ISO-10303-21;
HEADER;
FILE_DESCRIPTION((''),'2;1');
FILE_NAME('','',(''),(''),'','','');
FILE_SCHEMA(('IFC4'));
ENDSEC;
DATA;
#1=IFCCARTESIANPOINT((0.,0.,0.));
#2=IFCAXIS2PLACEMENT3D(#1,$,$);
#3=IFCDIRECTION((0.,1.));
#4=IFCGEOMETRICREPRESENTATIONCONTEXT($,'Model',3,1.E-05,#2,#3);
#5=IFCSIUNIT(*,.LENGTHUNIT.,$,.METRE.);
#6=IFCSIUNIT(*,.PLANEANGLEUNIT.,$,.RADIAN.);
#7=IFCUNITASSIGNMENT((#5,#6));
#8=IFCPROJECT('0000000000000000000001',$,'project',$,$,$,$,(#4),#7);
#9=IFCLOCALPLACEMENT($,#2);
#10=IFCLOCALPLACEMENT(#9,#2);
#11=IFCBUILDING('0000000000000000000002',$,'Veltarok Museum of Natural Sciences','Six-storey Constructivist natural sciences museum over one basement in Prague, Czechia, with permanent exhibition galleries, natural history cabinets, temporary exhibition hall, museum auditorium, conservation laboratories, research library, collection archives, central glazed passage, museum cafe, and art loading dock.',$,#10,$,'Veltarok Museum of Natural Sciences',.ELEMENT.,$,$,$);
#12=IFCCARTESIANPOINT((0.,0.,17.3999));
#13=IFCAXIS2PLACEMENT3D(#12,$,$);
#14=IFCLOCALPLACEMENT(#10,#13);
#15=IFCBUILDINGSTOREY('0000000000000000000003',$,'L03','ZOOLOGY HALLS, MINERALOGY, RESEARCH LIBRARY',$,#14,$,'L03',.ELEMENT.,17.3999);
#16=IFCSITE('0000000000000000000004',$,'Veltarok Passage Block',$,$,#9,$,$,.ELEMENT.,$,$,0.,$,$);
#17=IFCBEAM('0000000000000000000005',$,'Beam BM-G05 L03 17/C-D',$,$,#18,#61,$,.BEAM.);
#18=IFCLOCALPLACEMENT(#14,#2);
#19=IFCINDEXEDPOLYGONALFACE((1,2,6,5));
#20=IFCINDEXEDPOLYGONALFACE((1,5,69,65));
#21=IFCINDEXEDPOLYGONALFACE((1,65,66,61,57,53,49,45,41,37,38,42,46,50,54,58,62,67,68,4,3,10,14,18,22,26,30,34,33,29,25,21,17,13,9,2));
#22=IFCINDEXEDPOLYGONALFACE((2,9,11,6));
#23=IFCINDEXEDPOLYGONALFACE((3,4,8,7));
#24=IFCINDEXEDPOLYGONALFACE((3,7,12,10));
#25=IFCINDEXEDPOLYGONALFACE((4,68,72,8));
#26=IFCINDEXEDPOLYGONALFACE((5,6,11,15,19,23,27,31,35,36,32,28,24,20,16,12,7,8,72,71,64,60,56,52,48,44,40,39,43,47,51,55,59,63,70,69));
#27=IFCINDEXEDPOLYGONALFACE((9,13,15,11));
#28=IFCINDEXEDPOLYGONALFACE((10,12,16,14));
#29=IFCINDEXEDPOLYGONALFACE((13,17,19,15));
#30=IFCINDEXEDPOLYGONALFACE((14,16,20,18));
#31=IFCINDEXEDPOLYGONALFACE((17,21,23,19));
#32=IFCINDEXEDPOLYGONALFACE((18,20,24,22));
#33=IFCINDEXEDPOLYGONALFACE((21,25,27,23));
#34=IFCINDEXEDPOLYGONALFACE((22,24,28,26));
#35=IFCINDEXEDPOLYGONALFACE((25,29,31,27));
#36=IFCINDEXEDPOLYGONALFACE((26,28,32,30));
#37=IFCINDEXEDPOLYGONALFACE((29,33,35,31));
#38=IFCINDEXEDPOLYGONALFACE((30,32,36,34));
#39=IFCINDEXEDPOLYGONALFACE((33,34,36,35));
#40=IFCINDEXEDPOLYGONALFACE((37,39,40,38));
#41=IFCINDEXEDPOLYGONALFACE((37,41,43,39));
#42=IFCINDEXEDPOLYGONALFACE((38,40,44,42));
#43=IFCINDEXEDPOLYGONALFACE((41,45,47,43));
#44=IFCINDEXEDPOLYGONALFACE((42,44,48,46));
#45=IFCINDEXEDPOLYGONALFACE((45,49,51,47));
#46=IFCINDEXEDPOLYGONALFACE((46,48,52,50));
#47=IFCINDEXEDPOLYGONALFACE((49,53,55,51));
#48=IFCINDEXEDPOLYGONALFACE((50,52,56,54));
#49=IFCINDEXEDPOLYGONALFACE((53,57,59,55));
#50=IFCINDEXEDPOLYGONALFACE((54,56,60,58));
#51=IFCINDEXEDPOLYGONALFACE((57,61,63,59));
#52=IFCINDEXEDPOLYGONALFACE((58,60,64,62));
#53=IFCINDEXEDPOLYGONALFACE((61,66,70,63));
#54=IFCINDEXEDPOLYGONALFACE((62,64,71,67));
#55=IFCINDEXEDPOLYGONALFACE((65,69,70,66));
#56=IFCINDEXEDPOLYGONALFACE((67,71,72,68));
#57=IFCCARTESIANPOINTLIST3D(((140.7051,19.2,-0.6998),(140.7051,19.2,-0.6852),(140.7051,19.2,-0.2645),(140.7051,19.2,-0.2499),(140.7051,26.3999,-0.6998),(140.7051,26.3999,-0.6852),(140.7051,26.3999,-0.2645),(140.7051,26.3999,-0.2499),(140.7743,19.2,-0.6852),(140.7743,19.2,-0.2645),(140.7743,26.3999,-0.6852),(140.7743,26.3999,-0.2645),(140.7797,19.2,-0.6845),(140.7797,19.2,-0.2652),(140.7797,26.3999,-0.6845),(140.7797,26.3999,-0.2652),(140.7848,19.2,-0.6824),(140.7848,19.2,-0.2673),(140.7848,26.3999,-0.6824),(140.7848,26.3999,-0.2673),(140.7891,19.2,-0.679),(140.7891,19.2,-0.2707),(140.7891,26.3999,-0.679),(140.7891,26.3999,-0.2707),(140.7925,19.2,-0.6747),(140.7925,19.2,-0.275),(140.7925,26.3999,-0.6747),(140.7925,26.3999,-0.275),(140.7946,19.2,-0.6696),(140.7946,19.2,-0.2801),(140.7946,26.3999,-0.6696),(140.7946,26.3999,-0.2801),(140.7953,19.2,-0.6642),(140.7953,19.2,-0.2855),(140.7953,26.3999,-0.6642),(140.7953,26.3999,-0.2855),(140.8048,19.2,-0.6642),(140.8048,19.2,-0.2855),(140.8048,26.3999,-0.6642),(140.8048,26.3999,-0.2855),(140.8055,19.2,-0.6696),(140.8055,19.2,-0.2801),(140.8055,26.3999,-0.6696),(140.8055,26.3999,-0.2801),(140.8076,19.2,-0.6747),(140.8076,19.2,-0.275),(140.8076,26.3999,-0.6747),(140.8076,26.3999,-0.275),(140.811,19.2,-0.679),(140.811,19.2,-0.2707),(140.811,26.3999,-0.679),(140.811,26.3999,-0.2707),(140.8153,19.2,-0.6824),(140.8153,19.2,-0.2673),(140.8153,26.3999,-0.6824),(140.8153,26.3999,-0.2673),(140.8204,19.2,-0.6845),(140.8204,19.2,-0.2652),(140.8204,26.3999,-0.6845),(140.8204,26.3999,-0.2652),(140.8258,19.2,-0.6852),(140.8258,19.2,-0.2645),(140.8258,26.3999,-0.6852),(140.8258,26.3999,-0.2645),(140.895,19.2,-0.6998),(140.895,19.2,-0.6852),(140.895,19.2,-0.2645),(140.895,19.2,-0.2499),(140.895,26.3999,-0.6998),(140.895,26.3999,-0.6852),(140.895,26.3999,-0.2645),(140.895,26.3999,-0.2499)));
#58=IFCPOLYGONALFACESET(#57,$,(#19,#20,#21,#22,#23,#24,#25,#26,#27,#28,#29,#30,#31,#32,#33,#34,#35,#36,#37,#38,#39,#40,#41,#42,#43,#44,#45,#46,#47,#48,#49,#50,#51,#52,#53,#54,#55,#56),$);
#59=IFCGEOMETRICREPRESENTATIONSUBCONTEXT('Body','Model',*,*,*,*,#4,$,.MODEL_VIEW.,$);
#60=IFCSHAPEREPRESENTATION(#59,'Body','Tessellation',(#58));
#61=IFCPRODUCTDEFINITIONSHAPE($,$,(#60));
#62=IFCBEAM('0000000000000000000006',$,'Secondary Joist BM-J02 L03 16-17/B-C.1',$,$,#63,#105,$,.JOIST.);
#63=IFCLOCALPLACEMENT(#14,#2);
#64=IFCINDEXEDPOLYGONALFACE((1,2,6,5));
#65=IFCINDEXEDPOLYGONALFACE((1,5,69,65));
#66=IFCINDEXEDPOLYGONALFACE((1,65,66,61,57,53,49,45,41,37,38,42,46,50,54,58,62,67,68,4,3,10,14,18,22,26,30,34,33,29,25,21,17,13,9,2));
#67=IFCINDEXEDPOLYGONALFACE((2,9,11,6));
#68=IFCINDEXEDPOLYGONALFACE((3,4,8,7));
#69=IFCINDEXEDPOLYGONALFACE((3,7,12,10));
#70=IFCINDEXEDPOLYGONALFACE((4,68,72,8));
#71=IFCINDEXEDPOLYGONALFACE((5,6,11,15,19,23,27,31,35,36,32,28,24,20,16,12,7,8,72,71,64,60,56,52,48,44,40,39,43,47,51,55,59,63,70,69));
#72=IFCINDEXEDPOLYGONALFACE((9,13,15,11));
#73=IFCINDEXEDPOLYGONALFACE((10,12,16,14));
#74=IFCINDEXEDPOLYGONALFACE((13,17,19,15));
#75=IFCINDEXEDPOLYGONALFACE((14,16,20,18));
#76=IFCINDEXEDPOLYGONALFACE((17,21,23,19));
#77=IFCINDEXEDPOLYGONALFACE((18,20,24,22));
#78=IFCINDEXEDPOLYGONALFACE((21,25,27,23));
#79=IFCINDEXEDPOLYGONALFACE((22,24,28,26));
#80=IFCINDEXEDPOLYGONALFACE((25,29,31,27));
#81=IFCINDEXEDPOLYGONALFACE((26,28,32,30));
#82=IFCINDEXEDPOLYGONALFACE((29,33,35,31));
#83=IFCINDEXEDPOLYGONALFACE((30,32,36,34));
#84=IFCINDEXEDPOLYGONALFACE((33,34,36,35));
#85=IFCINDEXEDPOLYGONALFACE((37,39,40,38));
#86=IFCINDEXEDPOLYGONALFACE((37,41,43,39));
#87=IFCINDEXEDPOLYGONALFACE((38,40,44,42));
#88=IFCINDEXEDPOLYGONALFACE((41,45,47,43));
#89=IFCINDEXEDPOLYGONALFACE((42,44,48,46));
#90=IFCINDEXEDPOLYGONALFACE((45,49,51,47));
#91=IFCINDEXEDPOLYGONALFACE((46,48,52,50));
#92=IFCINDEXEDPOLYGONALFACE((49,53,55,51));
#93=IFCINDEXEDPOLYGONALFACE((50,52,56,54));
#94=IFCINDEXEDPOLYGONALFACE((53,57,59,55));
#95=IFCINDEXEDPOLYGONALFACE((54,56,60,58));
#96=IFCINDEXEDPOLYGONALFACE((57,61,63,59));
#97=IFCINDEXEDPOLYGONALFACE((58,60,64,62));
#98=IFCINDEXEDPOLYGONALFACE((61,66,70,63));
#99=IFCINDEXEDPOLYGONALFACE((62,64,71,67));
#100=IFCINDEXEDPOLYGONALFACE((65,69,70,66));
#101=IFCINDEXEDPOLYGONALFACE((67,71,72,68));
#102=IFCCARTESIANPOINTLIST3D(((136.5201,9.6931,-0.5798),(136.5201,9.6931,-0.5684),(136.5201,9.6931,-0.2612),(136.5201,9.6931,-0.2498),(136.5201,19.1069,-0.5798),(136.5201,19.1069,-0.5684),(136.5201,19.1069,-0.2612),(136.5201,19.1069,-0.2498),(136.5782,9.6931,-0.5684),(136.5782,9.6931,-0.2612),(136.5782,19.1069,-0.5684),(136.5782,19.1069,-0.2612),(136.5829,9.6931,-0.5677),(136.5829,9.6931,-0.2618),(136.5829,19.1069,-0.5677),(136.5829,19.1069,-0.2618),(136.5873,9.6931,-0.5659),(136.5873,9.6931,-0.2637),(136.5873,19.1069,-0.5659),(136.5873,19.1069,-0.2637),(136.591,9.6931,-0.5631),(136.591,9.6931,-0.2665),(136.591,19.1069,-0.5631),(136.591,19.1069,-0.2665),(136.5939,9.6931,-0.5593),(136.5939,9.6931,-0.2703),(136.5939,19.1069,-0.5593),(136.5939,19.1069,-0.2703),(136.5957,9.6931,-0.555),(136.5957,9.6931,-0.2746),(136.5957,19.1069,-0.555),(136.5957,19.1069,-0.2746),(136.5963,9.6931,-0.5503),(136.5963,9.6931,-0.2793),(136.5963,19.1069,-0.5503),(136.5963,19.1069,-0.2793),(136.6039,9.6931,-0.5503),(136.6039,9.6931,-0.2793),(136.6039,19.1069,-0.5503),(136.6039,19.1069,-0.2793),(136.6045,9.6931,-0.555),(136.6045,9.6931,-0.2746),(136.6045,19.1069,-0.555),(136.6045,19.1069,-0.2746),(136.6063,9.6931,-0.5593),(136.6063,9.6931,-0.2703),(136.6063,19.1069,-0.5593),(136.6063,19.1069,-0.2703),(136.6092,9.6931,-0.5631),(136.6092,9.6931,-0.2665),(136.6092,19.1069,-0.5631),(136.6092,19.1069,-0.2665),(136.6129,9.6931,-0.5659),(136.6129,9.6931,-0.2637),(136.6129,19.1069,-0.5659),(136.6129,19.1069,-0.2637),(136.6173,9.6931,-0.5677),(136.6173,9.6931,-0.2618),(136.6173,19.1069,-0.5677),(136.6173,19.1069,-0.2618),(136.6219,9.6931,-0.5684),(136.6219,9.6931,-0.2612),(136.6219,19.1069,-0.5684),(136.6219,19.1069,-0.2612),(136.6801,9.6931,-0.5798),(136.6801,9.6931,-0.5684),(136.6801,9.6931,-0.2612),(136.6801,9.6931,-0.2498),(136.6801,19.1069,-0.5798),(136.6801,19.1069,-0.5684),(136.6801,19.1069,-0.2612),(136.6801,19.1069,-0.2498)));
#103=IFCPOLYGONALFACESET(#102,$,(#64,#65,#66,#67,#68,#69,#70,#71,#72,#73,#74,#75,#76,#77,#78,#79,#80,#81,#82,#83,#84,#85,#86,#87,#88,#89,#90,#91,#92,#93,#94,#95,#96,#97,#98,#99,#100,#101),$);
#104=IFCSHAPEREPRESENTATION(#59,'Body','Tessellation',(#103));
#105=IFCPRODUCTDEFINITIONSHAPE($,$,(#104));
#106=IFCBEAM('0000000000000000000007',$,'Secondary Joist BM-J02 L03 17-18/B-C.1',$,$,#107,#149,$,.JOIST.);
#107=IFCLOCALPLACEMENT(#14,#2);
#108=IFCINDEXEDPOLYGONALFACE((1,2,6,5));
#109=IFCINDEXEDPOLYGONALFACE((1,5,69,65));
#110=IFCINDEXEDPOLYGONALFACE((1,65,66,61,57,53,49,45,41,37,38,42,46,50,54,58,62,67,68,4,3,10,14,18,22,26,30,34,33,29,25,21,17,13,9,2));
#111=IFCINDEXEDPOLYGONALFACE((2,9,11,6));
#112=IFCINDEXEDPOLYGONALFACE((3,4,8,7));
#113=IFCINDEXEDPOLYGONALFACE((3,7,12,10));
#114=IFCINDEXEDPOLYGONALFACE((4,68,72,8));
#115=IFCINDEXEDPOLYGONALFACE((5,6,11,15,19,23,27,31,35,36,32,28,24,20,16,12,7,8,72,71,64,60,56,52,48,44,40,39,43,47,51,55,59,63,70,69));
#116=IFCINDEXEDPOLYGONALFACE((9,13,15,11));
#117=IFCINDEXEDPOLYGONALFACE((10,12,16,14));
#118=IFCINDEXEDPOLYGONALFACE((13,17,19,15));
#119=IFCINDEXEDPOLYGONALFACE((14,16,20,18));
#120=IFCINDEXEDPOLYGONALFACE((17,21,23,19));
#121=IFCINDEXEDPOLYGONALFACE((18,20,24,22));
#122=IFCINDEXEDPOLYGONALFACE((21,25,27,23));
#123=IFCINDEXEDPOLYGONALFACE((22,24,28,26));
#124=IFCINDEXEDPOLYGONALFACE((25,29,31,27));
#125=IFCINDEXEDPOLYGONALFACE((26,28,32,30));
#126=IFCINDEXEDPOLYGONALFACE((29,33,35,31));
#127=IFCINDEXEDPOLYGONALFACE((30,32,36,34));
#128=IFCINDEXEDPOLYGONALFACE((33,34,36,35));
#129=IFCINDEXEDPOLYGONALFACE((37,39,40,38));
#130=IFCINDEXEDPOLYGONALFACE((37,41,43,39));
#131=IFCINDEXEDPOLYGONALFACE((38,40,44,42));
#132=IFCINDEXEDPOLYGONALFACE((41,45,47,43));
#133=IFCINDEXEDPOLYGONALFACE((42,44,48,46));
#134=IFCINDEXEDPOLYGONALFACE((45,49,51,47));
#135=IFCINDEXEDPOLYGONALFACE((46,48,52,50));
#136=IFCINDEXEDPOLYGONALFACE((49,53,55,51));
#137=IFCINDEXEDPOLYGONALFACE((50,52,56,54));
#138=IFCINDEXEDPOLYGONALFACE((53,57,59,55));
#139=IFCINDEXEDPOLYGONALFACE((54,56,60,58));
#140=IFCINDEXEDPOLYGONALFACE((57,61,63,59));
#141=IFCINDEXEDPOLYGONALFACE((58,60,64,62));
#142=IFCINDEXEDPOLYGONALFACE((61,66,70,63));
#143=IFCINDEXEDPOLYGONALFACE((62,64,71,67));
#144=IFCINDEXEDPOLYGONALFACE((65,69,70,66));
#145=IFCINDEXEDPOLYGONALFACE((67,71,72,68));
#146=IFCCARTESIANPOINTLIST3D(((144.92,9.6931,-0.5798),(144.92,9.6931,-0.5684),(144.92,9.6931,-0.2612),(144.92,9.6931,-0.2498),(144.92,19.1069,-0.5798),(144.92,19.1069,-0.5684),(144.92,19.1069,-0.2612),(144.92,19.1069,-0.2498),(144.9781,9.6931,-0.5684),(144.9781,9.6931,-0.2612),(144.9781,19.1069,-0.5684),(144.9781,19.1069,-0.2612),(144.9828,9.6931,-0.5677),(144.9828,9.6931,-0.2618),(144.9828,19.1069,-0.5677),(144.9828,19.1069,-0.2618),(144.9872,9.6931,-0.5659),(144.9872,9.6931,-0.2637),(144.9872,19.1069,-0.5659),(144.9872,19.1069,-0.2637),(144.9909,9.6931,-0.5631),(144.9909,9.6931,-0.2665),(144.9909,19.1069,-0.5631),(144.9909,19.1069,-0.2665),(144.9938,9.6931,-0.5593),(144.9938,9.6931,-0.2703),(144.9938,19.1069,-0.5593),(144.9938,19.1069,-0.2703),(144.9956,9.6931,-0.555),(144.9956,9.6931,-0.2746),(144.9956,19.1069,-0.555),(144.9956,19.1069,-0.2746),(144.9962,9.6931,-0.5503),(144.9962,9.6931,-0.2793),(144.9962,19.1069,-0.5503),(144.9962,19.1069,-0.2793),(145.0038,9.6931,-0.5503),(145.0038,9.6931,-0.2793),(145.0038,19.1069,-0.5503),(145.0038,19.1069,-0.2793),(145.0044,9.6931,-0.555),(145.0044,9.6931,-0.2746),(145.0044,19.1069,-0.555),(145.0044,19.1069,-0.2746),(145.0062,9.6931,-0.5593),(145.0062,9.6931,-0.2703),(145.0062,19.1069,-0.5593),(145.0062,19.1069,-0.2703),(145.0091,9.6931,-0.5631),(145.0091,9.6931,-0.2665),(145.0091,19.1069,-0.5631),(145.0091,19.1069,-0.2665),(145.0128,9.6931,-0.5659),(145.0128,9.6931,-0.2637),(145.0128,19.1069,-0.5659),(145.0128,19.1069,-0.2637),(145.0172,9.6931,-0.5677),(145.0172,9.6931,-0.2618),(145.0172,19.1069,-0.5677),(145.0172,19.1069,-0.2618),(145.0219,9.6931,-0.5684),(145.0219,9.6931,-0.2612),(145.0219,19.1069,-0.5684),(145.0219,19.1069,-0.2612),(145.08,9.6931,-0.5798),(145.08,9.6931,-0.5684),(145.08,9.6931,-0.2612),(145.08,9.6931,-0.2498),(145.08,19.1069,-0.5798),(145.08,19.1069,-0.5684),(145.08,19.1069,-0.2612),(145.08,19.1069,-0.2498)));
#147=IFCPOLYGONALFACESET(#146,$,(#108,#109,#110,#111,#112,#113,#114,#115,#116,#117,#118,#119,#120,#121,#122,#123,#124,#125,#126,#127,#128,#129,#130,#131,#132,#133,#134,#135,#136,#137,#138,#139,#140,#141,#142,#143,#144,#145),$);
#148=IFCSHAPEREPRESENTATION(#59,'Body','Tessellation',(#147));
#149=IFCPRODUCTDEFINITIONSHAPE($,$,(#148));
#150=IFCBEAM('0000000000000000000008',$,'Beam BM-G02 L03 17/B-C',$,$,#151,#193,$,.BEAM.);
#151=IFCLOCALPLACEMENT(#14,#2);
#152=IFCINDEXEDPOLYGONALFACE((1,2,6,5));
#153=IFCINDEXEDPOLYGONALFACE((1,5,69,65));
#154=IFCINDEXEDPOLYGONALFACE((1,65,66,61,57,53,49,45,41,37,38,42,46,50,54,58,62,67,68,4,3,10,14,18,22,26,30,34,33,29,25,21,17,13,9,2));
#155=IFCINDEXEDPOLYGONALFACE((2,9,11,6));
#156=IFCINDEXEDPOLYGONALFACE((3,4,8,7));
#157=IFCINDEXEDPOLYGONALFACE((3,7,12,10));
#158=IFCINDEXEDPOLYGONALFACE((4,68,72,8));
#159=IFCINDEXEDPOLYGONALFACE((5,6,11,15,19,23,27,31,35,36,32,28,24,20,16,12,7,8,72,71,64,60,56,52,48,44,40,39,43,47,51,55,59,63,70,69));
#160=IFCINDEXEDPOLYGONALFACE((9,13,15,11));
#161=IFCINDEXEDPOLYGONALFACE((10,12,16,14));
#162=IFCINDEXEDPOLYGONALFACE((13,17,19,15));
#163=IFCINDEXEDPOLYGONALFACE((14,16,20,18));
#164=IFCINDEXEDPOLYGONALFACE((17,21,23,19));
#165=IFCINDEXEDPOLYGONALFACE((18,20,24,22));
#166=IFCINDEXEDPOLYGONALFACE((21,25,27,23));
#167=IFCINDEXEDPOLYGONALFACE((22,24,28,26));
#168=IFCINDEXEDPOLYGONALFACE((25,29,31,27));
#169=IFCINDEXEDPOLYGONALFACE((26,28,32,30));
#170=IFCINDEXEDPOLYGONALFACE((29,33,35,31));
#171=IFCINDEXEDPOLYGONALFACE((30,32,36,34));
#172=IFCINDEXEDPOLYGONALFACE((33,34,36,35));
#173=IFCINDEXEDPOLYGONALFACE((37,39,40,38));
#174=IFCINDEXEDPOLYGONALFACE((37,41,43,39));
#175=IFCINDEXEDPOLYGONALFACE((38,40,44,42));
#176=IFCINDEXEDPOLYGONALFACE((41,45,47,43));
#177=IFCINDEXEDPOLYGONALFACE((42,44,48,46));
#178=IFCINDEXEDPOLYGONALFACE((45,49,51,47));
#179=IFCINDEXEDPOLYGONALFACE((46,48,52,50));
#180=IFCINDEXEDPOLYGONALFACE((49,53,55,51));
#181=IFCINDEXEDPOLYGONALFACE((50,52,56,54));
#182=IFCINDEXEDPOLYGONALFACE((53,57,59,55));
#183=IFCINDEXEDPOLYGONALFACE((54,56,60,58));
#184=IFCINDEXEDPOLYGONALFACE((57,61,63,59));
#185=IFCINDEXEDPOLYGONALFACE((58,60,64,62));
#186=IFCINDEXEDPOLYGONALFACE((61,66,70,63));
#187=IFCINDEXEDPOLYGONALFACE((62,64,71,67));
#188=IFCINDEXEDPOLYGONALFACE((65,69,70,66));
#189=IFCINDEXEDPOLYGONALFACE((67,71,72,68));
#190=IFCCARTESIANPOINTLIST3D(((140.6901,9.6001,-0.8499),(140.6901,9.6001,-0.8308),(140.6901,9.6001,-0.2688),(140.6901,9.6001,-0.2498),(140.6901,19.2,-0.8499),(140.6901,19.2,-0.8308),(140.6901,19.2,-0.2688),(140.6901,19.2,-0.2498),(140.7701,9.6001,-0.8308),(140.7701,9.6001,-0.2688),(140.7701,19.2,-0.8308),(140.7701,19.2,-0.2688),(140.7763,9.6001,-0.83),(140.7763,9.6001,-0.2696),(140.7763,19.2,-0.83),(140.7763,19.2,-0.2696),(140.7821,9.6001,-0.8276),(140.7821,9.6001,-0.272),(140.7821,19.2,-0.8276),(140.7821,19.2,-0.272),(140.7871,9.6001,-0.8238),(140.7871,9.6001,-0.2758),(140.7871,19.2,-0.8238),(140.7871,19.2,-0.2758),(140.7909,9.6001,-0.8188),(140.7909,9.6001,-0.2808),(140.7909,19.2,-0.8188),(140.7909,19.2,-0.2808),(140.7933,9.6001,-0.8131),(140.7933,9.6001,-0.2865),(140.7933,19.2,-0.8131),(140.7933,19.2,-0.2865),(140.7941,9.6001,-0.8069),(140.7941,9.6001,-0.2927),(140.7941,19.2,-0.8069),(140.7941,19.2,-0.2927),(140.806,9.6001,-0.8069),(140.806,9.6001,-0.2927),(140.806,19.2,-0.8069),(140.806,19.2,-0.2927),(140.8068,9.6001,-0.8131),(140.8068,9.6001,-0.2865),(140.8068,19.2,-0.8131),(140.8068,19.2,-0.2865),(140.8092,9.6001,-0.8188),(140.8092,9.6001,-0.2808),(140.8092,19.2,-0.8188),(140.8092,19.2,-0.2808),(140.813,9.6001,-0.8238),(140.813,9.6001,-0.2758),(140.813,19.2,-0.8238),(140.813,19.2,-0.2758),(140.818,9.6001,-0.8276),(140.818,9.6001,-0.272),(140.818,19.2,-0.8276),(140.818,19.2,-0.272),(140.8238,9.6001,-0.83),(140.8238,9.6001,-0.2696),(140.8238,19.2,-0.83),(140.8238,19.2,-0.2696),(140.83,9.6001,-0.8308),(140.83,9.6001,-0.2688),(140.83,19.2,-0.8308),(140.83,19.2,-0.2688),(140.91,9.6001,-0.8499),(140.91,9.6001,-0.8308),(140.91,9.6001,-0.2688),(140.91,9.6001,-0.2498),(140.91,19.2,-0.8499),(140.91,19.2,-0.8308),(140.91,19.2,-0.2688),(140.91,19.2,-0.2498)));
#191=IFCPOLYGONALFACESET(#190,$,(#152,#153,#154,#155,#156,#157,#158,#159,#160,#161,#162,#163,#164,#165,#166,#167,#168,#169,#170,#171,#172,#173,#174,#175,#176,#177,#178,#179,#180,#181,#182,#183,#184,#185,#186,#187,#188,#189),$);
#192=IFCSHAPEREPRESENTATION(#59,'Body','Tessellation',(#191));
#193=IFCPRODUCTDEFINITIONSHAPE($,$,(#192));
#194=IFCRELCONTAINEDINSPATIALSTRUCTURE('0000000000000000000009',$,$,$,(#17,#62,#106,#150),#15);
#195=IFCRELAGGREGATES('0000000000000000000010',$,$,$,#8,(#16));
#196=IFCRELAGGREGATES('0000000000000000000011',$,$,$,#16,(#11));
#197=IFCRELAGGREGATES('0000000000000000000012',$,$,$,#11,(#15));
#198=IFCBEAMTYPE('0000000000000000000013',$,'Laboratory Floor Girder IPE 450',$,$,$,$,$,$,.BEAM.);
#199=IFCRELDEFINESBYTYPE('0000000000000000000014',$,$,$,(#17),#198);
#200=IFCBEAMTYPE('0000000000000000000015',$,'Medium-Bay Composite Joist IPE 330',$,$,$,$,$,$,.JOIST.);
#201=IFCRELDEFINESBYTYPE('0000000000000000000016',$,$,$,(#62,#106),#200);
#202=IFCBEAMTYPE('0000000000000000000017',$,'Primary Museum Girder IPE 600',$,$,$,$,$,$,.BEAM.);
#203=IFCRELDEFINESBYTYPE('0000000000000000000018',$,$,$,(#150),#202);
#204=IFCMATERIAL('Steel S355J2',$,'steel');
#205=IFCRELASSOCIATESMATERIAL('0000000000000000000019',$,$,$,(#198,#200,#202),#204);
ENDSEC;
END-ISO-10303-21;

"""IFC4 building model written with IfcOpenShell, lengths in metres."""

from ifc_helpers import new_model, si_unit, direction, frame, origin, origin_2d, place, context, subcontext, project, spatial, i_section, extrude, material, material_profile, profile_set, type_object, element, save


model = new_model("IFC4")

# Units and contexts
model_context = context("Model", 3, precision=1e-05, world=origin(), true_north=direction((0.0, 1.0)))
body_context = subcontext(model_context, "Body", "Model", "MODEL_VIEW")
ifc_project = project(units=[si_unit("LENGTHUNIT", "METRE"), si_unit("PLANEANGLEUNIT", "RADIAN")], contexts=[model_context])

# Site, building, storey
site_placement = place(None, origin())
site = spatial("IfcSite", under=ifc_project, at=site_placement, Name="Veltarok Passage Block", CompositionType="ELEMENT", RefElevation=0.0)
building_placement = place(site_placement, origin())
building = spatial("IfcBuilding", under=site, at=building_placement, Name="Veltarok Museum of Natural Sciences", Description="Six-storey Constructivist natural sciences museum over one basement in Prague, Czechia, with permanent exhibition galleries, natural history cabinets, temporary exhibition hall, museum auditorium, conservation laboratories, research library, collection archives, central glazed passage, museum cafe, and art loading dock.", LongName="Veltarok Museum of Natural Sciences", CompositionType="ELEMENT")
storey_placement = place(building_placement, frame((0.0, 0.0, 17.3999)))
storey = spatial("IfcBuildingStorey", under=building, at=storey_placement, Name="L03", Description="ZOOLOGY HALLS, MINERALOGY, RESEARCH LIBRARY", LongName="L03", CompositionType="ELEMENT", Elevation=17.3999)

# Beams
ifc_material_1 = material(Name="Steel S355J2", Category="steel")
ifc_material_profile_1 = material_profile(ifc_material_1, i_section(OverallWidth=0.1899, OverallDepth=0.45, WebThickness=0.0095, FlangeThickness=0.0146, FilletRadius=0.021, at=origin_2d()), Name="IPE 450")
ifc_profile_set_1 = profile_set([ifc_material_profile_1], Name="Steel S355J2")
beam_type_1 = type_object("IfcBeamType", Name="Laboratory Floor Girder IPE 450", PredefinedType="BEAM", material=ifc_profile_set_1)
beam_1_placement = place(storey_placement, frame((140.8, 19.2, -0.4749), z_axis=(0.0, 1.0, 0.0), x_axis=(-1.0, 0.0, 0.0)))
element("IfcBeam", 1, at=beam_1_placement, inside=storey, type_object=beam_type_1, Name="Beam BM-G05 L03 17/C-D", PredefinedType="BEAM", context=body_context, shape_type="SweptSolid", body=[
    extrude(i_section(OverallWidth=0.1899, OverallDepth=0.45, WebThickness=0.0095, FlangeThickness=0.0146, FilletRadius=0.021, at=origin_2d()), origin(), (0.0, 0.0, 1.0), 7.2),
])
ifc_material_profile_2 = material_profile(ifc_material_1, i_section(OverallWidth=0.1599, OverallDepth=0.3301, WebThickness=0.0076, FlangeThickness=0.0115, FilletRadius=0.0181, at=origin_2d()), Name="IPE 330")
ifc_profile_set_2 = profile_set([ifc_material_profile_2], Name="Steel S355J2")
beam_type_2 = type_object("IfcBeamType", Name="Medium-Bay Composite Joist IPE 330", PredefinedType="JOIST", material=ifc_profile_set_2)
for number, where, z_axis, x_axis, name in (
    (2, (136.6001, 9.6931, -0.4148), (0.0, 1.0, 0.0), (-1.0, 0.0, 0.0), "Secondary Joist BM-J02 L03 16-17/B-C.1"),
    (3, (145.0, 9.6931, -0.4148), (0.0, 1.0, 0.0), (-1.0, 0.0, 0.0), "Secondary Joist BM-J02 L03 17-18/B-C.1"),
):
    element("IfcBeam", number, at=place(storey_placement, frame(where, z_axis=z_axis, x_axis=x_axis)), inside=storey, type_object=beam_type_2, Name=name, PredefinedType="JOIST", context=body_context, shape_type="SweptSolid", body=[
        extrude(i_section(OverallWidth=0.1599, OverallDepth=0.3301, WebThickness=0.0076, FlangeThickness=0.0115, FilletRadius=0.0181, at=origin_2d()), origin(), (0.0, 0.0, 1.0), 9.4138),
    ])
ifc_material_profile_3 = material_profile(ifc_material_1, i_section(OverallWidth=0.22, OverallDepth=0.6001, WebThickness=0.012, FlangeThickness=0.019, FilletRadius=0.0239, at=origin_2d()), Name="IPE 600")
ifc_profile_set_3 = profile_set([ifc_material_profile_3], Name="Steel S355J2")
beam_type_3 = type_object("IfcBeamType", Name="Primary Museum Girder IPE 600", PredefinedType="BEAM", material=ifc_profile_set_3)
for number, where, z_axis, x_axis, name in (
    (4, (140.8, 9.6001, -0.5498), (0.0, 1.0, 0.0), (-1.0, 0.0, 0.0), "Beam BM-G02 L03 17/B-C"),
):
    element("IfcBeam", number, at=place(storey_placement, frame(where, z_axis=z_axis, x_axis=x_axis)), inside=storey, type_object=beam_type_3, Name=name, PredefinedType="BEAM", context=body_context, shape_type="SweptSolid", body=[
        extrude(i_section(OverallWidth=0.22, OverallDepth=0.6001, WebThickness=0.012, FlangeThickness=0.019, FilletRadius=0.0239, at=origin_2d()), origin(), (0.0, 0.0, 1.0), 9.5999),
    ])

save(model, "model.ifc")
